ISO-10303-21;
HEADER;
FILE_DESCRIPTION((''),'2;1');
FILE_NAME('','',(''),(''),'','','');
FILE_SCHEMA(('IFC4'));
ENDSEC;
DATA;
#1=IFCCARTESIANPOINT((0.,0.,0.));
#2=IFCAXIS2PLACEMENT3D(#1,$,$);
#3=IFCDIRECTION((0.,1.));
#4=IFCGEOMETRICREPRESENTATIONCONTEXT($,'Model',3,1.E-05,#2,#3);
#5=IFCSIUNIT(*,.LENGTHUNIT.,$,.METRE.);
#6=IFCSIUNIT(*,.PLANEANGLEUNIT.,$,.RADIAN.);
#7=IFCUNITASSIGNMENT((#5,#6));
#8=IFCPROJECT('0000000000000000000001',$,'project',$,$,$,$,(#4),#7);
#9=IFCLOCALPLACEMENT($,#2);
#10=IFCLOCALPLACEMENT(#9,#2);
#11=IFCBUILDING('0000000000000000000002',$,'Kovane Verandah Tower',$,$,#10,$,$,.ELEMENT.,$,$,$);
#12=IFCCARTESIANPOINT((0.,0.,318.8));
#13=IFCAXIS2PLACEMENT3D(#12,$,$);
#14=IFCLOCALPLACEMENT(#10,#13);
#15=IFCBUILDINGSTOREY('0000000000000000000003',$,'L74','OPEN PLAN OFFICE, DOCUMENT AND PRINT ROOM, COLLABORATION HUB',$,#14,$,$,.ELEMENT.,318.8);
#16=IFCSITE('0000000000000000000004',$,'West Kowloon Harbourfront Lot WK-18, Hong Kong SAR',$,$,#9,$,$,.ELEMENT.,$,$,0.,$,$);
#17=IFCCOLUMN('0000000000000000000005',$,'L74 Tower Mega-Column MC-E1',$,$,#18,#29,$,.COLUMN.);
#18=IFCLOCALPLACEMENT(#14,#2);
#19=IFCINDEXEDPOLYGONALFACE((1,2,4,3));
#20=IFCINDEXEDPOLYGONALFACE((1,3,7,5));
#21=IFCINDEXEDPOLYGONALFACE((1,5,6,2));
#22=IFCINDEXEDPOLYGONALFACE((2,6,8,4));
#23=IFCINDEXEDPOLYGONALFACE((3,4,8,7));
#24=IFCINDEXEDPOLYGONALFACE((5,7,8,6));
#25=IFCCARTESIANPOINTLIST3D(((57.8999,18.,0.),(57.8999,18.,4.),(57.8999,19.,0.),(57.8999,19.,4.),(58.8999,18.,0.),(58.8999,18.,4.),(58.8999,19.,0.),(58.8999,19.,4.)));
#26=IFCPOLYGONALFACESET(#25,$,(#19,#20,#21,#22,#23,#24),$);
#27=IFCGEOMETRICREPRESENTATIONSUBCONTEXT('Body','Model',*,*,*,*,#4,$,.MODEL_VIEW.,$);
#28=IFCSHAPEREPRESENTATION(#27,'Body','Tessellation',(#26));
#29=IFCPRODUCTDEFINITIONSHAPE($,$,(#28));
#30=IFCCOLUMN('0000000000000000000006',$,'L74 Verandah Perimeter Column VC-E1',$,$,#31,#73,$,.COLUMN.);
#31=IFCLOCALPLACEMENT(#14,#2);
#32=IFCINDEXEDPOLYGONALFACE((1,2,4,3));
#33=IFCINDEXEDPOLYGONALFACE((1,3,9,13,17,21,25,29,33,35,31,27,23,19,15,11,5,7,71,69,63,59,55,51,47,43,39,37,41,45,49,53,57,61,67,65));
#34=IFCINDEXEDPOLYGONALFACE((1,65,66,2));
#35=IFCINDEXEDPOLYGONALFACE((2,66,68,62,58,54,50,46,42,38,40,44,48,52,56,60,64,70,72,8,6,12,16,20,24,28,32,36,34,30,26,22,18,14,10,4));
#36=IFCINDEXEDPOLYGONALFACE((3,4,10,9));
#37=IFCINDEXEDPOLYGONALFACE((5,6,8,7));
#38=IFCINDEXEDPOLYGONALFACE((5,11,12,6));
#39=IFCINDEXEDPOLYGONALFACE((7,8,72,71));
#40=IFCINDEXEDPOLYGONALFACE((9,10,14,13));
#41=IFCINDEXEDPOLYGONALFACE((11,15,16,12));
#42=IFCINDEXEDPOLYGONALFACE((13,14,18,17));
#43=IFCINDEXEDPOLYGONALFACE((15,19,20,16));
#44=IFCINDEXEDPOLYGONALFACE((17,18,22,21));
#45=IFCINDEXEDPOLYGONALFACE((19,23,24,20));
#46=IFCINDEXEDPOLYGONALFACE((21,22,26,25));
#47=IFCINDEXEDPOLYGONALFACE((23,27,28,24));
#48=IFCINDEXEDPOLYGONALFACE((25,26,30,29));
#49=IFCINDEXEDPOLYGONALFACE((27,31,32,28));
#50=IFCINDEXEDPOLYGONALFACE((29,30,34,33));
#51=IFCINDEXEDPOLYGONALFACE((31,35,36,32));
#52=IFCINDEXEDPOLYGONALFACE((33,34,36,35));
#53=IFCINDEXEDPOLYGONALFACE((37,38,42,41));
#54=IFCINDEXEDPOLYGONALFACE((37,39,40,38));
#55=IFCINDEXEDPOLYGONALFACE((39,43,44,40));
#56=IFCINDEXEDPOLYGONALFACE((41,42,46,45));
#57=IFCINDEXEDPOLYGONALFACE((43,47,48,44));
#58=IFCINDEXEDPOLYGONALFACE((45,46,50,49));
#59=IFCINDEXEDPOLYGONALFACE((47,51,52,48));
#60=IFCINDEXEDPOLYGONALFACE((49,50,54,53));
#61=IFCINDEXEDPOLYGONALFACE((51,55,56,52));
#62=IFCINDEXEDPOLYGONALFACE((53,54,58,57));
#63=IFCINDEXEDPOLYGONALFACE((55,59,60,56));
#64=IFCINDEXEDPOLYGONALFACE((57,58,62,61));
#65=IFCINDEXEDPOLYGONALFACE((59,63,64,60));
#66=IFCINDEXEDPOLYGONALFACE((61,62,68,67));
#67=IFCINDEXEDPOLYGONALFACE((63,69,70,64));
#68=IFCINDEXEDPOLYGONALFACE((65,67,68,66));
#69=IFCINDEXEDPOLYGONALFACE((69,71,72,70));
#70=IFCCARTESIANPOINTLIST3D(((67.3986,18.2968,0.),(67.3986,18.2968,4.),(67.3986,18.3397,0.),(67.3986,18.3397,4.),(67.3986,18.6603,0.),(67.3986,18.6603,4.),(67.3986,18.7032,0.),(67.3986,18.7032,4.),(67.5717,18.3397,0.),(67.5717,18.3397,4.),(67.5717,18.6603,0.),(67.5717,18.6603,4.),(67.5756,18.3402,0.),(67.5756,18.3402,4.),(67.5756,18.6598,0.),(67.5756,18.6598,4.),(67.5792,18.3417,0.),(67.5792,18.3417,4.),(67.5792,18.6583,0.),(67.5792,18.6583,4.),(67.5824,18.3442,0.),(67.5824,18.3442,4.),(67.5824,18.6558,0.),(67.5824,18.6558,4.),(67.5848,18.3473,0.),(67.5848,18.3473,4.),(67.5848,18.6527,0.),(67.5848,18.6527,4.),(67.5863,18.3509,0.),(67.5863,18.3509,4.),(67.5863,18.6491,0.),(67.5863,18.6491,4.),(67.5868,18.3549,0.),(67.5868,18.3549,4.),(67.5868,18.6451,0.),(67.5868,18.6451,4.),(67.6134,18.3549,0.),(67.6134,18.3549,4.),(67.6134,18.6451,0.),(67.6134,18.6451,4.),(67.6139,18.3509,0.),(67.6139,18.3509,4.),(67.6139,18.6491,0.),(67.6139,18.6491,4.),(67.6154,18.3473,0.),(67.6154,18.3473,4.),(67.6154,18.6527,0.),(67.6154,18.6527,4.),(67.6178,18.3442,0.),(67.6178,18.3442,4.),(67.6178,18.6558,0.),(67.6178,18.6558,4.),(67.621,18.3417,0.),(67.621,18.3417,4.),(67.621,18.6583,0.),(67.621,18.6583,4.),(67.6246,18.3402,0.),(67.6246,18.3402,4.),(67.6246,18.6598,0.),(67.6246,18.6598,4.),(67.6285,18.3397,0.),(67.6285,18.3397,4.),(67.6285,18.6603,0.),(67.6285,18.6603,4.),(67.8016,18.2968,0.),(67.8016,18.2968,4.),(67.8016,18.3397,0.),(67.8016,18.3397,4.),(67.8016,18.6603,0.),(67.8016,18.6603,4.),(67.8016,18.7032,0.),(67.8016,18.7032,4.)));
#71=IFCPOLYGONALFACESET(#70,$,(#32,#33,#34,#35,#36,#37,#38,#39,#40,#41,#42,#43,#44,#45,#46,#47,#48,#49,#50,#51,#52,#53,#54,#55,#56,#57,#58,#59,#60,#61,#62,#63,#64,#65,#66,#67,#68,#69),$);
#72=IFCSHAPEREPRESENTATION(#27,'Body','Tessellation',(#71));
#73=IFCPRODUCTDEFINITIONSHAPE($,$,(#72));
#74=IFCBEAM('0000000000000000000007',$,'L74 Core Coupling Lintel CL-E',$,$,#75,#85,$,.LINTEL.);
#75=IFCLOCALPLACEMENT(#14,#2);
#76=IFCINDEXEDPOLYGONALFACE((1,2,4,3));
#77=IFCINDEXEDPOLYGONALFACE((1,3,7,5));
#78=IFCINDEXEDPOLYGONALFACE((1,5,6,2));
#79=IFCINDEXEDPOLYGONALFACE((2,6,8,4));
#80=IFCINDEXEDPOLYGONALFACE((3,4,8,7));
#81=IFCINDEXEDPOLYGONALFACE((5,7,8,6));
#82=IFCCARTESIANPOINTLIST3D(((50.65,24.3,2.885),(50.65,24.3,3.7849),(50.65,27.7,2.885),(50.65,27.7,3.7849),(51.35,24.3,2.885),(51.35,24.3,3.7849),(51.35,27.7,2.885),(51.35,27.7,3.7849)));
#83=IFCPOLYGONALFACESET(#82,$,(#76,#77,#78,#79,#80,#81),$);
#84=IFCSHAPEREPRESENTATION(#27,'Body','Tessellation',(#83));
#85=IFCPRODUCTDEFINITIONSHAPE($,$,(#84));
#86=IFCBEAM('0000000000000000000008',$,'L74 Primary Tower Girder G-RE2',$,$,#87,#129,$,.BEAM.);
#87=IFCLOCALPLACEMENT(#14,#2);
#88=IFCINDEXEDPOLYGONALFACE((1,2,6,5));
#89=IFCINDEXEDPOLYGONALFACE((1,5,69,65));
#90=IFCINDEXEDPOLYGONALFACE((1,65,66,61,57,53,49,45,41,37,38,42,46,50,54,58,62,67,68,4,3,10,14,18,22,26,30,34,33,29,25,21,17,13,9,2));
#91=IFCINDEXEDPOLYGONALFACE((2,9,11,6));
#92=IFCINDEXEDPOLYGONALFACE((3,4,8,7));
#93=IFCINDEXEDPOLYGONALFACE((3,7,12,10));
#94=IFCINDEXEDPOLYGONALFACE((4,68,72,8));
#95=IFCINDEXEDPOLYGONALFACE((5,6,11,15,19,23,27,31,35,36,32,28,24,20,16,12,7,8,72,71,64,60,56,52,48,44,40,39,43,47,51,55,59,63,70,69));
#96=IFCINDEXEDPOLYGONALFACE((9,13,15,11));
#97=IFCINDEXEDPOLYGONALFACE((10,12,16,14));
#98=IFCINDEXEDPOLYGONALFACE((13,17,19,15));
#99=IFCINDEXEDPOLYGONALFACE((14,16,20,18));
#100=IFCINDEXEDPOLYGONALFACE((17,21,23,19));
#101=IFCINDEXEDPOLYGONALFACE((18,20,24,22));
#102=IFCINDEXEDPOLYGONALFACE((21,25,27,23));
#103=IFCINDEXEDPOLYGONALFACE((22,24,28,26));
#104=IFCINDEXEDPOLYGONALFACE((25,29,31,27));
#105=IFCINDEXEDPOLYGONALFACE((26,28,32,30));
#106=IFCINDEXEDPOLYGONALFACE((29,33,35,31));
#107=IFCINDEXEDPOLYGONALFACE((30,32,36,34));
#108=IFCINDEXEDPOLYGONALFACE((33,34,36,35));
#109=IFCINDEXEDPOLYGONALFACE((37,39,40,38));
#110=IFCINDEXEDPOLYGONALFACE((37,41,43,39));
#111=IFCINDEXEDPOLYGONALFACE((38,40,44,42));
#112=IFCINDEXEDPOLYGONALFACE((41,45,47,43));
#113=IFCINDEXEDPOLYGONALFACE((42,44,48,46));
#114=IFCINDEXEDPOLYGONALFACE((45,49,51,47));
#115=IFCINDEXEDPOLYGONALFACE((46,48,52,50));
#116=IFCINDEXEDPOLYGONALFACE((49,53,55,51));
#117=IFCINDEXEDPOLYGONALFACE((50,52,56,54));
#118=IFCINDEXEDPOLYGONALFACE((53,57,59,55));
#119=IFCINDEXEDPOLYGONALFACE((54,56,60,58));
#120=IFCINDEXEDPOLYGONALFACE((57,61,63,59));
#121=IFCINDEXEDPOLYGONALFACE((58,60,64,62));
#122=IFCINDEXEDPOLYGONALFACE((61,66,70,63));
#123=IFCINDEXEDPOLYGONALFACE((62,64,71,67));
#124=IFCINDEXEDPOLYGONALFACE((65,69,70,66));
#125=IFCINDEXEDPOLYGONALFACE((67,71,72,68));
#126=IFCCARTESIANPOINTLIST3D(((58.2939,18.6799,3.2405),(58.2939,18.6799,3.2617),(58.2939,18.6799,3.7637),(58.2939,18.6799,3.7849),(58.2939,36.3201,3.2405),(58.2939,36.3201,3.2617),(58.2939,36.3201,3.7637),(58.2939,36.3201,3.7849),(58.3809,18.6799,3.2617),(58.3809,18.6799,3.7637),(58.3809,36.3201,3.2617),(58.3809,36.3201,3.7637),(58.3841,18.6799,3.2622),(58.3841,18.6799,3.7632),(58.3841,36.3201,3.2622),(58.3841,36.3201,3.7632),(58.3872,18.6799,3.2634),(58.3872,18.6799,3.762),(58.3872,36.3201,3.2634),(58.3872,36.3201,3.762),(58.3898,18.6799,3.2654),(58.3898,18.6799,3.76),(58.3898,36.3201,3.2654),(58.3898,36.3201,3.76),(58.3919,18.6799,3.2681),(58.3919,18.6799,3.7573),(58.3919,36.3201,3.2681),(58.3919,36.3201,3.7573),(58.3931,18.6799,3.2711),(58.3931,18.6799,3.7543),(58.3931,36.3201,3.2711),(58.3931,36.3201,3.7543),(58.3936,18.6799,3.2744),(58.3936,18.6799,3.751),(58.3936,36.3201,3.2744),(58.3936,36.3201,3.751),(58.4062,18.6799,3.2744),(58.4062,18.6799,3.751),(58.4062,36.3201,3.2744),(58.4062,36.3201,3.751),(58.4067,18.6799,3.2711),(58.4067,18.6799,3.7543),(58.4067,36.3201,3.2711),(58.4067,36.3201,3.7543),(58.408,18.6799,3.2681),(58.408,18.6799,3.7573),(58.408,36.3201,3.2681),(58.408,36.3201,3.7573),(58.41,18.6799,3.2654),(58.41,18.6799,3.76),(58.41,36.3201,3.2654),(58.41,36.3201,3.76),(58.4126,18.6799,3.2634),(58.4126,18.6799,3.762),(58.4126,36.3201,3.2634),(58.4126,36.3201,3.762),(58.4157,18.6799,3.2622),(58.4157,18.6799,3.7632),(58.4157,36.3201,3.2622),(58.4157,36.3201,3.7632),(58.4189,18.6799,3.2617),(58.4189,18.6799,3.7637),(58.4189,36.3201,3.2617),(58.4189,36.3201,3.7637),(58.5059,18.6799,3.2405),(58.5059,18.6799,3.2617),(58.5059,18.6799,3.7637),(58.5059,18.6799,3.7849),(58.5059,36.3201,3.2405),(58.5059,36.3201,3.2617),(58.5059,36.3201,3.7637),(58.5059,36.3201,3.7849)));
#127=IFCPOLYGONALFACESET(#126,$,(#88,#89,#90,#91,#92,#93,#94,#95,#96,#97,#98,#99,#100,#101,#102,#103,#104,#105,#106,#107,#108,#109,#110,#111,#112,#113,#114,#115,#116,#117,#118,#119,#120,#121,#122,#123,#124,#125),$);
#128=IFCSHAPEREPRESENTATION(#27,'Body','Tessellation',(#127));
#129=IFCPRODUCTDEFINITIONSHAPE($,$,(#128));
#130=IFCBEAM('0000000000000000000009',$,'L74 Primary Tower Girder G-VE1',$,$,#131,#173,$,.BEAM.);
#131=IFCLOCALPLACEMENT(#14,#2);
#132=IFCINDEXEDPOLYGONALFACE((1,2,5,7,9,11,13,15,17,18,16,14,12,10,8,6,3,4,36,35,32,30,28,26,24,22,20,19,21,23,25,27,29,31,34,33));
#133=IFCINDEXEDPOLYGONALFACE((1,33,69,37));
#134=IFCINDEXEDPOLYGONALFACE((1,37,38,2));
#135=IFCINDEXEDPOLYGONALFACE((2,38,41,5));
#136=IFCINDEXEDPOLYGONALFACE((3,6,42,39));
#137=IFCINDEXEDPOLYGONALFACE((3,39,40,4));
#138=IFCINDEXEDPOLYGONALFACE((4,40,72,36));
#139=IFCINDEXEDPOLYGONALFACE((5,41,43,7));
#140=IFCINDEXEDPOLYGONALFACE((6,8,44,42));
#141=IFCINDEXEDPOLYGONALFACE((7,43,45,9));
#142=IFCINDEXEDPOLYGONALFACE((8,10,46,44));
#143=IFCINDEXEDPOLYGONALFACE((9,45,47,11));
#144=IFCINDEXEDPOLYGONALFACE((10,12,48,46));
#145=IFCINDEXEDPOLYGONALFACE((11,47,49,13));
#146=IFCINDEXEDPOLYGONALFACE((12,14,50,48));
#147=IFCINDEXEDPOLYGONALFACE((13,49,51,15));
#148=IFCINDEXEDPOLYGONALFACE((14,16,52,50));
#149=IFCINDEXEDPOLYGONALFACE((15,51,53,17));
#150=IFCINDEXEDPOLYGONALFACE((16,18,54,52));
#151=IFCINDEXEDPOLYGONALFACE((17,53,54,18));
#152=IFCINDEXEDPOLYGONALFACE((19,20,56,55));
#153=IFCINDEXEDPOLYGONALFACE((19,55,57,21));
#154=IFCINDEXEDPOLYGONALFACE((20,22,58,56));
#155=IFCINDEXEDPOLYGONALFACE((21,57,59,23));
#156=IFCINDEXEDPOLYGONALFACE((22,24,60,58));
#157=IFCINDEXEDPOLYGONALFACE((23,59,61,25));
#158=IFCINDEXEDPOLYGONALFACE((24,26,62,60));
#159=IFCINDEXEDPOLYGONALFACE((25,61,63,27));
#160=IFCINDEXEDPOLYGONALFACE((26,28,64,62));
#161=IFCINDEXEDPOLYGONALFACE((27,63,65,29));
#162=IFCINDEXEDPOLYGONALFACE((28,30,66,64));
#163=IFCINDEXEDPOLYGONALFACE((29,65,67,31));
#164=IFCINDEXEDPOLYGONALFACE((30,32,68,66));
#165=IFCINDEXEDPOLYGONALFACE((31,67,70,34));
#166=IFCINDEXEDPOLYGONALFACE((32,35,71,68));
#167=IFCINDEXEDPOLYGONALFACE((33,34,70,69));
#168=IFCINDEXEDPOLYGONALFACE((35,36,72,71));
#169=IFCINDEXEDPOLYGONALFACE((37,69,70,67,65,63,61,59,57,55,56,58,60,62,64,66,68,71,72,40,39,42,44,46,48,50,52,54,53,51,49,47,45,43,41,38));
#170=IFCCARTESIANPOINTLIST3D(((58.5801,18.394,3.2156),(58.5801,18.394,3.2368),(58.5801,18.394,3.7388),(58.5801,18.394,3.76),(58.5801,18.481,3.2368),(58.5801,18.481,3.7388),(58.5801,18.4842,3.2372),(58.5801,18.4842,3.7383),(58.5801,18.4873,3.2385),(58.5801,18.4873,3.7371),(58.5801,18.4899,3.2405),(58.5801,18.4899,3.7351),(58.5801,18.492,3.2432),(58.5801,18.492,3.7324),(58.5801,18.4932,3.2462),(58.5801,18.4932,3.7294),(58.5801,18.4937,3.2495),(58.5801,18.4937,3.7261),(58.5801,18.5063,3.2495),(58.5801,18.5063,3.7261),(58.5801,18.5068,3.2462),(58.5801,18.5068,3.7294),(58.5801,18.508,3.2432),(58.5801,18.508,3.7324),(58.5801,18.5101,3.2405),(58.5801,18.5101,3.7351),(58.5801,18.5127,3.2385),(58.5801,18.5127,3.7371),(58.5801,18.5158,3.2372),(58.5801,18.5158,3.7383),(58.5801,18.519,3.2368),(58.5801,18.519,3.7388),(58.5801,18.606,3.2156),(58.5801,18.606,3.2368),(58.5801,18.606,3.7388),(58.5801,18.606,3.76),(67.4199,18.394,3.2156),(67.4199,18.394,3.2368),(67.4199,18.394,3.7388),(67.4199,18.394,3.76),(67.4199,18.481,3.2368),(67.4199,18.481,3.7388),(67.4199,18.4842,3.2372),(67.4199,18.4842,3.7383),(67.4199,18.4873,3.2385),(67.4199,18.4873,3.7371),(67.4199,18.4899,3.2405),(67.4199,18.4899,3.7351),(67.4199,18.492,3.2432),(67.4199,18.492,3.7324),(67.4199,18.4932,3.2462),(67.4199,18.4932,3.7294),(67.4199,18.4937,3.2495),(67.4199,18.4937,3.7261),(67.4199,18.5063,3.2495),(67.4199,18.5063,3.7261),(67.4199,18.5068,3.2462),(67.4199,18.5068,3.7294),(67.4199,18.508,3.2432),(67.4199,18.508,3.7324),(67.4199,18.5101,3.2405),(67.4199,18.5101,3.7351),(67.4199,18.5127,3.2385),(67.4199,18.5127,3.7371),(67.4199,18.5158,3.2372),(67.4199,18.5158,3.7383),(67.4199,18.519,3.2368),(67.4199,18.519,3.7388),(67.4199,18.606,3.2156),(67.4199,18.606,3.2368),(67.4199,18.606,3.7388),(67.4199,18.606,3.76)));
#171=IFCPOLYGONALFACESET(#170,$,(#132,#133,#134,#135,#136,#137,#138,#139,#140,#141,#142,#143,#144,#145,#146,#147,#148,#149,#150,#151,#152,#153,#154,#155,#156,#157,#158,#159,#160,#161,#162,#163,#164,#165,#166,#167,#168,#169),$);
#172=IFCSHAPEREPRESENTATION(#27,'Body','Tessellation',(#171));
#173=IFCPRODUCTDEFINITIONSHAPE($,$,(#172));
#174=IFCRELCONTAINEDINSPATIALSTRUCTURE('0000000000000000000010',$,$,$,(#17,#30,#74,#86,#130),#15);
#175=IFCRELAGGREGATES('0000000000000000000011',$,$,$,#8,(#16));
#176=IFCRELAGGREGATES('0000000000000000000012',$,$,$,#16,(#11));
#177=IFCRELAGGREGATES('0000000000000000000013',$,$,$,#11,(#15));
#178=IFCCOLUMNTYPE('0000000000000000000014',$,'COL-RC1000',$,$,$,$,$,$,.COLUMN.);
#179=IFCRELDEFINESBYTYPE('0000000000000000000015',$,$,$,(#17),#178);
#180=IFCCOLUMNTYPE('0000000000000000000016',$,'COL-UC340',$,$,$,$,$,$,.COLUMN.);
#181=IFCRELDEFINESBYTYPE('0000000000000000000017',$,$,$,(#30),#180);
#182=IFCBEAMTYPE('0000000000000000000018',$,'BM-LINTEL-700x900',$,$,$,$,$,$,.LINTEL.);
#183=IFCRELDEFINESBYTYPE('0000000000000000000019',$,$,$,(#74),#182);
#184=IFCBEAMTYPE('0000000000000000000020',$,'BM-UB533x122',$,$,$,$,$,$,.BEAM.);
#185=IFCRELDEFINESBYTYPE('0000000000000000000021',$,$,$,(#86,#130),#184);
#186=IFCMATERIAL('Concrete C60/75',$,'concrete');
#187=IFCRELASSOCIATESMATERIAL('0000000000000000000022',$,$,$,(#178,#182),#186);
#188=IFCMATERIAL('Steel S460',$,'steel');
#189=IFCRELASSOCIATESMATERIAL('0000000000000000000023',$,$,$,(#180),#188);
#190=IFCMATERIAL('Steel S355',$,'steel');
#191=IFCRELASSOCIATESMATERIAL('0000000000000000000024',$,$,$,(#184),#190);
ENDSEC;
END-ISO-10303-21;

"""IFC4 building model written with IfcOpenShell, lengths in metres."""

from ifc_helpers import new_model, si_unit, direction, frame, origin, origin_2d, place, context, subcontext, project, spatial, rectangle, i_section, extrude, material, material_profile, profile_set, type_object, element, save


model = new_model("IFC4")

# Units and contexts
model_context = context("Model", 3, precision=1e-05, world=origin(), true_north=direction((0.0, 1.0)))
body_context = subcontext(model_context, "Body", "Model", "MODEL_VIEW")
ifc_project = project(units=[si_unit("LENGTHUNIT", "METRE"), si_unit("PLANEANGLEUNIT", "RADIAN")], contexts=[model_context])

# Site, building, storey
site_placement = place(None, origin())
site = spatial("IfcSite", under=ifc_project, at=site_placement, Name="West Kowloon Harbourfront Lot WK-18, Hong Kong SAR", CompositionType="ELEMENT", RefElevation=0.0)
building_placement = place(site_placement, origin())
building = spatial("IfcBuilding", under=site, at=building_placement, Name="Kovane Verandah Tower", CompositionType="ELEMENT")
storey_placement = place(building_placement, frame((0.0, 0.0, 318.8)))
storey = spatial("IfcBuildingStorey", under=building, at=storey_placement, Name="L74", Description="OPEN PLAN OFFICE, DOCUMENT AND PRINT ROOM, COLLABORATION HUB", CompositionType="ELEMENT", Elevation=318.8)

# Columns
ifc_material_1 = material(Name="Concrete C60/75", Category="concrete")
ifc_material_profile_1 = material_profile(ifc_material_1, rectangle(XDim=1.0, YDim=1.0, at=origin_2d()), Name="RC1000x1000")
ifc_profile_set_1 = profile_set([ifc_material_profile_1], Name="Concrete C60/75")
column_type_1 = type_object("IfcColumnType", Name="COL-RC1000", PredefinedType="COLUMN", material=ifc_profile_set_1)
column_1_placement = place(storey_placement, frame((58.3999, 18.5, 0.0), z_axis=(0.0, 0.0, 1.0), x_axis=(1.0, 0.0, 0.0)))
element("IfcColumn", 1, at=column_1_placement, inside=storey, type_object=column_type_1, Name="L74 Tower Mega-Column MC-E1", PredefinedType="COLUMN", context=body_context, shape_type="SweptSolid", body=[
    extrude(rectangle(XDim=1.0, YDim=1.0, at=origin_2d()), origin(), (0.0, 0.0, 1.0), 4.0),
])
ifc_material_2 = material(Name="Steel S460", Category="steel")
ifc_material_profile_2 = material_profile(ifc_material_2, i_section(OverallWidth=0.4031, OverallDepth=0.4065, WebThickness=0.0266, FlangeThickness=0.043, FilletRadius=0.0151, at=origin_2d()), Name="UC356x406x340")
ifc_profile_set_2 = profile_set([ifc_material_profile_2], Name="Steel S460")
column_type_2 = type_object("IfcColumnType", Name="COL-UC340", PredefinedType="COLUMN", material=ifc_profile_set_2)
column_2_placement = place(storey_placement, frame((67.6001, 18.5, 0.0), z_axis=(0.0, 0.0, 1.0), x_axis=(1.0, 0.0, 0.0)))
element("IfcColumn", 2, at=column_2_placement, inside=storey, type_object=column_type_2, Name="L74 Verandah Perimeter Column VC-E1", PredefinedType="COLUMN", context=body_context, shape_type="SweptSolid", body=[
    extrude(i_section(OverallWidth=0.4031, OverallDepth=0.4065, WebThickness=0.0266, FlangeThickness=0.043, FilletRadius=0.0151, at=origin_2d()), origin(), (0.0, 0.0, 1.0), 4.0),
])

# Beams
ifc_material_profile_3 = material_profile(ifc_material_1, rectangle(XDim=0.7, YDim=0.8999, at=origin_2d()), Name="RCB700x900")
ifc_profile_set_3 = profile_set([ifc_material_profile_3], Name="Concrete C60/75")
beam_type_1 = type_object("IfcBeamType", Name="BM-LINTEL-700x900", PredefinedType="LINTEL", material=ifc_profile_set_3)
beam_1_placement = place(storey_placement, frame((51.0, 24.3, 3.335), z_axis=(0.0, 1.0, 0.0), x_axis=(-1.0, 0.0, 0.0)))
element("IfcBeam", 3, at=beam_1_placement, inside=storey, type_object=beam_type_1, Name="L74 Core Coupling Lintel CL-E", PredefinedType="LINTEL", context=body_context, shape_type="SweptSolid", body=[
    extrude(rectangle(XDim=0.7, YDim=0.8999, at=origin_2d()), origin(), (0.0, 0.0, 1.0), 3.3999),
])
ifc_material_3 = material(Name="Steel S355", Category="steel")
ifc_material_profile_4 = material_profile(ifc_material_3, i_section(OverallWidth=0.2119, OverallDepth=0.5444, WebThickness=0.0127, FlangeThickness=0.0212, FilletRadius=0.0127, at=origin_2d()), Name="UB533x210x122")
ifc_profile_set_4 = profile_set([ifc_material_profile_4], Name="Steel S355")
beam_type_2 = type_object("IfcBeamType", Name="BM-UB533x122", PredefinedType="BEAM", material=ifc_profile_set_4)
beam_2_placement = place(storey_placement, frame((58.3999, 18.6799, 3.5127), z_axis=(0.0, 1.0, 0.0), x_axis=(-1.0, 0.0, 0.0)))
element("IfcBeam", 4, at=beam_2_placement, inside=storey, type_object=beam_type_2, Name="L74 Primary Tower Girder G-RE2", PredefinedType="BEAM", context=body_context, shape_type="SweptSolid", body=[
    extrude(i_section(OverallWidth=0.2119, OverallDepth=0.5444, WebThickness=0.0127, FlangeThickness=0.0212, FilletRadius=0.0127, at=origin_2d()), origin(), (0.0, 0.0, 1.0), 17.6401),
])
beam_3_placement = place(storey_placement, frame((58.5801, 18.5, 3.4878), z_axis=(1.0, 0.0, 0.0), x_axis=(0.0, 1.0, 0.0)))
element("IfcBeam", 5, at=beam_3_placement, inside=storey, type_object=beam_type_2, Name="L74 Primary Tower Girder G-VE1", PredefinedType="BEAM", context=body_context, shape_type="SweptSolid", body=[
    extrude(i_section(OverallWidth=0.2119, OverallDepth=0.5444, WebThickness=0.0127, FlangeThickness=0.0212, FilletRadius=0.0127, at=origin_2d()), origin(), (0.0, 0.0, 1.0), 8.8398),
])

save(model, "model.ifc")
